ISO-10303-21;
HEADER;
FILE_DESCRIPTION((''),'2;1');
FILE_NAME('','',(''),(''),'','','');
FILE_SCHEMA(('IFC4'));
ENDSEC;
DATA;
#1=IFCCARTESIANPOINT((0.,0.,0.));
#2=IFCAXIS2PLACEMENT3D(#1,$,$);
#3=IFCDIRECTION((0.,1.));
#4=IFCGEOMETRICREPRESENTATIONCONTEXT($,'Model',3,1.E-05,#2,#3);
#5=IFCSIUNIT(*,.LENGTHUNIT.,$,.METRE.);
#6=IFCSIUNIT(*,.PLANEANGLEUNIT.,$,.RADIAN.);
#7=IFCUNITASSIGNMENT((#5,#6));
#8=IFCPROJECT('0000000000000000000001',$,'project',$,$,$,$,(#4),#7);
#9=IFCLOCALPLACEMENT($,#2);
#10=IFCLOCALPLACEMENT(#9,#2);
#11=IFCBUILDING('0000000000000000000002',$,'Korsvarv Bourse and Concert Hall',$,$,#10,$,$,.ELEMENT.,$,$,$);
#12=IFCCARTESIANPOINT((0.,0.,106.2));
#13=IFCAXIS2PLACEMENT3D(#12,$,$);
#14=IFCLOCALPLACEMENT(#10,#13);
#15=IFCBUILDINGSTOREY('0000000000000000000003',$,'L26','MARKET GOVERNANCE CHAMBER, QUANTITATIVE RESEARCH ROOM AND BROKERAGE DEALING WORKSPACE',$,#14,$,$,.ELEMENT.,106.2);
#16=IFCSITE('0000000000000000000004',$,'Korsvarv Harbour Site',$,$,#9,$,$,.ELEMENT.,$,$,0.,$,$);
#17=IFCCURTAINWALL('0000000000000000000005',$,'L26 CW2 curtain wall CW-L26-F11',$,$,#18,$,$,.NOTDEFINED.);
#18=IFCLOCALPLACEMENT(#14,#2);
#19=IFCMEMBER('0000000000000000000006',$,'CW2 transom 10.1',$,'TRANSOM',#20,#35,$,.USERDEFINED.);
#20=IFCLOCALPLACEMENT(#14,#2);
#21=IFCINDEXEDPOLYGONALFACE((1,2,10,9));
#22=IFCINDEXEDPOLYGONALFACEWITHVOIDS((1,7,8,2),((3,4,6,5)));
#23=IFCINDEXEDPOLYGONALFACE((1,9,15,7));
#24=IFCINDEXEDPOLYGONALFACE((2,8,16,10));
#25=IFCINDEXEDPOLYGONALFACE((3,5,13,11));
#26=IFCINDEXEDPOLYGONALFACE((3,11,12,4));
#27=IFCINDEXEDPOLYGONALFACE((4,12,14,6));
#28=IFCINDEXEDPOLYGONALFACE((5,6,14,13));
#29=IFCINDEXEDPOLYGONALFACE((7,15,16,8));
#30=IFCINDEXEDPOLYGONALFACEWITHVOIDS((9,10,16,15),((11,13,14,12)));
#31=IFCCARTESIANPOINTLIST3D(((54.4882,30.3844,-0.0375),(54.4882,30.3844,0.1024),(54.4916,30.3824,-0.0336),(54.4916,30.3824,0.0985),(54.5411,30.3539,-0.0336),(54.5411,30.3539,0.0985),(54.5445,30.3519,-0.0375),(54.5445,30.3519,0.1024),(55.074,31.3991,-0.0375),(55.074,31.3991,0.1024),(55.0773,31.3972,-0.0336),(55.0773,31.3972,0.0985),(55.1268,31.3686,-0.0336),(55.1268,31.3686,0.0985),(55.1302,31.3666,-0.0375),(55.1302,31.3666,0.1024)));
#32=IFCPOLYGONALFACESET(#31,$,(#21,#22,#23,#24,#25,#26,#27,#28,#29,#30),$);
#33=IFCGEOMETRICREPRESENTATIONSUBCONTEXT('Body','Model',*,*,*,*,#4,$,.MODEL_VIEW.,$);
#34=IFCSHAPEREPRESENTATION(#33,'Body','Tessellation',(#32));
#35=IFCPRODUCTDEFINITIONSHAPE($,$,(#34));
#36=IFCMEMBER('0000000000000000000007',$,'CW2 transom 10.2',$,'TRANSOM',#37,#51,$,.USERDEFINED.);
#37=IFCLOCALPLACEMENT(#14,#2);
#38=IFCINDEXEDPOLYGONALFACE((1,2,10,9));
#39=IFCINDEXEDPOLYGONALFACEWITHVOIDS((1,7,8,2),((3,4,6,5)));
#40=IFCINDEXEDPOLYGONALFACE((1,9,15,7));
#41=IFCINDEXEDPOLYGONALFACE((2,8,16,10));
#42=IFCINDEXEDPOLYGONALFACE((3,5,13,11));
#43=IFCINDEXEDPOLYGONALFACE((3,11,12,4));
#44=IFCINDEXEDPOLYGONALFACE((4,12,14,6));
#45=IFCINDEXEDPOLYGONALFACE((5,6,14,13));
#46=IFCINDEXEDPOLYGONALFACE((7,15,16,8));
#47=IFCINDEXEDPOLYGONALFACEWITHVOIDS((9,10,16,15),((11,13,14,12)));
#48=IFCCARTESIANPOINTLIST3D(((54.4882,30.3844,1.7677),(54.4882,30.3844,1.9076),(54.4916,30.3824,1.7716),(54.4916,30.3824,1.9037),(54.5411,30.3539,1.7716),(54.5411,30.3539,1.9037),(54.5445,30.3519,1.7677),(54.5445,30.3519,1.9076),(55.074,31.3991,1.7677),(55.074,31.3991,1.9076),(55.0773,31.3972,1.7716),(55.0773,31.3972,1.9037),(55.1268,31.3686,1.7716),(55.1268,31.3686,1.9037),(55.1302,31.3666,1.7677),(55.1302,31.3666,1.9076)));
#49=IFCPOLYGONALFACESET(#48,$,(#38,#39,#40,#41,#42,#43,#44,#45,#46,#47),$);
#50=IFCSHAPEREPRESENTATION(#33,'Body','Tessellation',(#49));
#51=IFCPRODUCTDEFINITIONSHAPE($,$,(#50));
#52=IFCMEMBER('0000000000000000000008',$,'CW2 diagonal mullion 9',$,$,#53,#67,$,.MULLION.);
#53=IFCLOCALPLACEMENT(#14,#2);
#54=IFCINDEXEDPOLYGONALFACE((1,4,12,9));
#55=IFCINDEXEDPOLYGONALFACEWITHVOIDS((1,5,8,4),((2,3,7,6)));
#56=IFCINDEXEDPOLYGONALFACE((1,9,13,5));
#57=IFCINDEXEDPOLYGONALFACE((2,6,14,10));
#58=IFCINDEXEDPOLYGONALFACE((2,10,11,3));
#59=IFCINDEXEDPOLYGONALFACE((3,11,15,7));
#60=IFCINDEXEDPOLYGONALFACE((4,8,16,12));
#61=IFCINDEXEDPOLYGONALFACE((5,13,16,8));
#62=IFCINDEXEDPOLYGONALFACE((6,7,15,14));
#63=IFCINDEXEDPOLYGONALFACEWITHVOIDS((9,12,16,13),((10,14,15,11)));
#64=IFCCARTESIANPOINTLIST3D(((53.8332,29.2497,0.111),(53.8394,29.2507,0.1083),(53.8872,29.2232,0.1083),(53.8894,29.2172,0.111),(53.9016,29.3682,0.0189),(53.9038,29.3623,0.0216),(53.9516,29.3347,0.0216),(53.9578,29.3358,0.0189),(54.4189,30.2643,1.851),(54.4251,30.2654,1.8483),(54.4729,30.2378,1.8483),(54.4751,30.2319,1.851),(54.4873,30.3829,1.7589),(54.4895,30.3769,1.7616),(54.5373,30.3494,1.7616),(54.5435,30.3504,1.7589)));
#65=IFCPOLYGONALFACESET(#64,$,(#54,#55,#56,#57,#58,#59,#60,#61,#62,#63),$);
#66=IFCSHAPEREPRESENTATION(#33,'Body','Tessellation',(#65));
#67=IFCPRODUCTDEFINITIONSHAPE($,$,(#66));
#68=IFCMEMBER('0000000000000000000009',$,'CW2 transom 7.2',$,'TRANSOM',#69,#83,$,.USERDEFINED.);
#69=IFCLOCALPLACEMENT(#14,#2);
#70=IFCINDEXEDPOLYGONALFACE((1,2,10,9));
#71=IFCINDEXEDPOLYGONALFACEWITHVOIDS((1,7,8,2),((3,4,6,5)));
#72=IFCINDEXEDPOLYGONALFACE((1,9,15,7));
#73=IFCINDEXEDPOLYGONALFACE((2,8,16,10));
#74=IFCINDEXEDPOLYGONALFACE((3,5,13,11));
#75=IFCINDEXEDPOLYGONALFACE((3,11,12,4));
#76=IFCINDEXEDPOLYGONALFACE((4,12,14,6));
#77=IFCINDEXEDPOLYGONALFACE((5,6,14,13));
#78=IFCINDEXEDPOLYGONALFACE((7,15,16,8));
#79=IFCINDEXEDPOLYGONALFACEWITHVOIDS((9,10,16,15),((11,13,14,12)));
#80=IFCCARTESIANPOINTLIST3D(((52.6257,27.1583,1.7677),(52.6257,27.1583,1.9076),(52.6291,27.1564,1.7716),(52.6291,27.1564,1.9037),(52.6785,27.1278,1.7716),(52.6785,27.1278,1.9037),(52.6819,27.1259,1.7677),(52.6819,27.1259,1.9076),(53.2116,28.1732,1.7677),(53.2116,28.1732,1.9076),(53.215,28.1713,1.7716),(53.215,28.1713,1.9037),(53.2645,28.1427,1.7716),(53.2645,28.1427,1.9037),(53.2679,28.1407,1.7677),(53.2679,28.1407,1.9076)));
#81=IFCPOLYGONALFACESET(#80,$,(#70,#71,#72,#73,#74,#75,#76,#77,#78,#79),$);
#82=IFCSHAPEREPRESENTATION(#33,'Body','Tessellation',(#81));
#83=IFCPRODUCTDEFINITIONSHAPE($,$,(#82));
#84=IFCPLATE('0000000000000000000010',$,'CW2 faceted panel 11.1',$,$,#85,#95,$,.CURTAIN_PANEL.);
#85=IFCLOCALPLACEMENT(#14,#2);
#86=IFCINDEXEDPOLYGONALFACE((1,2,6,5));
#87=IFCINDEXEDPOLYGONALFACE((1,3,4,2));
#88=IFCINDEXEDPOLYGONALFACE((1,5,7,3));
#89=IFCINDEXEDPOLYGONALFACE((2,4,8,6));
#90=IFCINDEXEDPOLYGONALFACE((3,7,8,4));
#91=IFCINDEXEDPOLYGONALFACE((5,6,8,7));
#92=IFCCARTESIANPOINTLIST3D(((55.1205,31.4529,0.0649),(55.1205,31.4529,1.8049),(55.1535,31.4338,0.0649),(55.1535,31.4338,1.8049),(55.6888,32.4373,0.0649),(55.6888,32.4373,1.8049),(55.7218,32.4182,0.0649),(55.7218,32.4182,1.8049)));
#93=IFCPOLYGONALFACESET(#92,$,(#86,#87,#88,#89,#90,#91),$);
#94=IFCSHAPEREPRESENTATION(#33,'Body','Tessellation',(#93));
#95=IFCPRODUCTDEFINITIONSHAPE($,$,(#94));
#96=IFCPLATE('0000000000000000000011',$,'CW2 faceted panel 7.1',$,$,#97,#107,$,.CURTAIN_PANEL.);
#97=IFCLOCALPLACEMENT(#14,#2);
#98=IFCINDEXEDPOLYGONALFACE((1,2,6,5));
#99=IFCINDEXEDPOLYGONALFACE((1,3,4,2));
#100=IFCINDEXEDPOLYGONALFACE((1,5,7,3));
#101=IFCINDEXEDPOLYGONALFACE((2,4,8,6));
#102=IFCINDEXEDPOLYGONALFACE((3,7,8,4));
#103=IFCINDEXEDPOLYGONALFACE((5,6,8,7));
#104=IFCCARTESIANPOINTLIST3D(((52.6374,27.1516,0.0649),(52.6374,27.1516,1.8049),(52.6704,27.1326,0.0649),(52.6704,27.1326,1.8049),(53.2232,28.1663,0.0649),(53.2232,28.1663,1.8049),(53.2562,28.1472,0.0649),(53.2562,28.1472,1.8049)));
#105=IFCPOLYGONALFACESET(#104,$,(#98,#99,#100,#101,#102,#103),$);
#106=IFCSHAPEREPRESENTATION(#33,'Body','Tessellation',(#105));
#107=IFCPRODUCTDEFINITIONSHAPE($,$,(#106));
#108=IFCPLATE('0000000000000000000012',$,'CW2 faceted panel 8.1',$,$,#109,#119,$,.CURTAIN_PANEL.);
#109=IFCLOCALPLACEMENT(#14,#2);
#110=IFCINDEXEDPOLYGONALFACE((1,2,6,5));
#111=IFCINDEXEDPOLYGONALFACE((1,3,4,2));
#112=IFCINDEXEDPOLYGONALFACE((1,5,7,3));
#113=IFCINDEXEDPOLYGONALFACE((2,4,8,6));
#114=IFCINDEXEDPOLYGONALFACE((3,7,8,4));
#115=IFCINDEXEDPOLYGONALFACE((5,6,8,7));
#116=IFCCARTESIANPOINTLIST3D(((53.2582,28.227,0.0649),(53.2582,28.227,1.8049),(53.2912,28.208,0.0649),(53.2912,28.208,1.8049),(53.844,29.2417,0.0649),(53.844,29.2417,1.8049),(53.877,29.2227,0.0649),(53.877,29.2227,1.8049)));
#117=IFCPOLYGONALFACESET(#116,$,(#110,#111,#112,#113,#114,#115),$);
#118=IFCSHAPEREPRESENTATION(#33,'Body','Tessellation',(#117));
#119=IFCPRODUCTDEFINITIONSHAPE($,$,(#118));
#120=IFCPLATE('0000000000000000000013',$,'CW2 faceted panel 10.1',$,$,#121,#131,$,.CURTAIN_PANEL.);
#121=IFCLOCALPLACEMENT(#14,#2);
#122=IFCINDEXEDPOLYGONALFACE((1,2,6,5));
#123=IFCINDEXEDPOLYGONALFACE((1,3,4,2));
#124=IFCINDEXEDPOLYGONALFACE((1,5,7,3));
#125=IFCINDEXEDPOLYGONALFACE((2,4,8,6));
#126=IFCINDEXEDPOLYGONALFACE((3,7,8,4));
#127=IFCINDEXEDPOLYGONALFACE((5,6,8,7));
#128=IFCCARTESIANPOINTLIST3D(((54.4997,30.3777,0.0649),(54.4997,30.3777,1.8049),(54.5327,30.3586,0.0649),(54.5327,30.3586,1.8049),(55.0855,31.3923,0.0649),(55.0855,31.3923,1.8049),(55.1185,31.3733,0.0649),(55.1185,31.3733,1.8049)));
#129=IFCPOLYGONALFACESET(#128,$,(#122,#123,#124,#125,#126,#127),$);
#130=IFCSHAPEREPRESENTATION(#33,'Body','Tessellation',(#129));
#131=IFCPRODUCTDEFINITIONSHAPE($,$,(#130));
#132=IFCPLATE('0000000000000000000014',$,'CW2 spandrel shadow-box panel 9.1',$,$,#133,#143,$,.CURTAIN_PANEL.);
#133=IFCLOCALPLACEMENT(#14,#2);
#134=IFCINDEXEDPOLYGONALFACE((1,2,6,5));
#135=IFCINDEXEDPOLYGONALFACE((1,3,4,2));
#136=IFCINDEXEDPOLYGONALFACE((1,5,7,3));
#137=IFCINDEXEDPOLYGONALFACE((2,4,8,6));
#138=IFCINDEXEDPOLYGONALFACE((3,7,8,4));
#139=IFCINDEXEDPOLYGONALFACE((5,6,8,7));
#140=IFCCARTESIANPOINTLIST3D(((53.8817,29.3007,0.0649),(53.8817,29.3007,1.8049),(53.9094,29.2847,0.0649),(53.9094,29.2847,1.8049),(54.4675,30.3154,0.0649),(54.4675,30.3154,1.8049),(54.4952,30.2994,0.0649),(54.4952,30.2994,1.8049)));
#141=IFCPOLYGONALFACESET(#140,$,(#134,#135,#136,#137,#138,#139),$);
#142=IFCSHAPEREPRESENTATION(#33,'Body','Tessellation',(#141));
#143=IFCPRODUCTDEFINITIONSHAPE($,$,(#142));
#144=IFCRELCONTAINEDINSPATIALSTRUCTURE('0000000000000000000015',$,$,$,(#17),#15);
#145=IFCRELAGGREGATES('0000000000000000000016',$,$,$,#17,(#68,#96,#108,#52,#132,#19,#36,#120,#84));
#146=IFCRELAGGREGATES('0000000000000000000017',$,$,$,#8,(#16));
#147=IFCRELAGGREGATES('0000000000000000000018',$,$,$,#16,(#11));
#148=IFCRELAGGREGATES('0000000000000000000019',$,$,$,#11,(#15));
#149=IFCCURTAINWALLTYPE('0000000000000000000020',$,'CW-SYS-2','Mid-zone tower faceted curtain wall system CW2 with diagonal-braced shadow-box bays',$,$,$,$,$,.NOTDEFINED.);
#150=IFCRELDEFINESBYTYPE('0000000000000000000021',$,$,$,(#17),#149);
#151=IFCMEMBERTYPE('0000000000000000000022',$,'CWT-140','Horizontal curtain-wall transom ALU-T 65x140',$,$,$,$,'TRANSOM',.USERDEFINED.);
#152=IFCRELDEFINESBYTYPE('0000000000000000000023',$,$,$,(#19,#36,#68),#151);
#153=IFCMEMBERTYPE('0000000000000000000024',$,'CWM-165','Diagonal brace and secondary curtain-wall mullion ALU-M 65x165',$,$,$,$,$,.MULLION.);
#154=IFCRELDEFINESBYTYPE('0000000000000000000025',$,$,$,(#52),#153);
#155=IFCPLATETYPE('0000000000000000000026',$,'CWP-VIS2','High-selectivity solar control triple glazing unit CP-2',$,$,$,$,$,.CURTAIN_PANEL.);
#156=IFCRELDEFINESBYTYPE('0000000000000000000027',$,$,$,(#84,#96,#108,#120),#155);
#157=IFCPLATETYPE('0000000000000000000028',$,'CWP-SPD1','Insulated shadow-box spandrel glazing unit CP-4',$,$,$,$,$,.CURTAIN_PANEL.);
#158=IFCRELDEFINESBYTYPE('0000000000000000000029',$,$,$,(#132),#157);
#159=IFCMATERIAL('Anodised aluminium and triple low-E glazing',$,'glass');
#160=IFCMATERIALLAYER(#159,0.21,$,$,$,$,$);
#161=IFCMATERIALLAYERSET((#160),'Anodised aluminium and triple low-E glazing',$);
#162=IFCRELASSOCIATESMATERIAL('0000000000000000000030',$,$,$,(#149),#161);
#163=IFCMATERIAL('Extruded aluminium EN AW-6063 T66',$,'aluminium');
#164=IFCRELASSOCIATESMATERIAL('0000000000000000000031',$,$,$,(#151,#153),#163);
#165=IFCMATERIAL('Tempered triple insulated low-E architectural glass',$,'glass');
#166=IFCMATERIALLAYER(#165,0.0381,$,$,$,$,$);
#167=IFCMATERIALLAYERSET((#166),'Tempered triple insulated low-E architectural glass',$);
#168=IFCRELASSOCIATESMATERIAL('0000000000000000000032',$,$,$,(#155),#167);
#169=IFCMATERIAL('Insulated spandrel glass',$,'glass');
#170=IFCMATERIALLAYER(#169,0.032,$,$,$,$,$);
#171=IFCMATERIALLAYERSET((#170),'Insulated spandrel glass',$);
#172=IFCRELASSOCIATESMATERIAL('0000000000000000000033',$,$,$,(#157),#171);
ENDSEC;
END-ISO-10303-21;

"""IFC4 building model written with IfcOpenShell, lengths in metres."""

from ifc_helpers import new_model, si_unit, direction, frame, origin, origin_2d, place, context, subcontext, project, spatial, rectangle, hollow_rectangle, extrude, source, transform, mapped, material, layer, layer_set, material_profile, profile_set, type_object, element, aggregate, save


model = new_model("IFC4")

# Units and contexts
model_context = context("Model", 3, precision=1e-05, world=origin(), true_north=direction((0.0, 1.0)))
body_context = subcontext(model_context, "Body", "Model", "MODEL_VIEW")
ifc_project = project(units=[si_unit("LENGTHUNIT", "METRE"), si_unit("PLANEANGLEUNIT", "RADIAN")], contexts=[model_context])

# Site, building, storey
site_placement = place(None, origin())
site = spatial("IfcSite", under=ifc_project, at=site_placement, Name="Korsvarv Harbour Site", CompositionType="ELEMENT", RefElevation=0.0)
building_placement = place(site_placement, origin())
building = spatial("IfcBuilding", under=site, at=building_placement, Name="Korsvarv Bourse and Concert Hall", CompositionType="ELEMENT")
storey_placement = place(building_placement, frame((0.0, 0.0, 106.2)))
storey = spatial("IfcBuildingStorey", under=building, at=storey_placement, Name="L26", Description="MARKET GOVERNANCE CHAMBER, QUANTITATIVE RESEARCH ROOM AND BROKERAGE DEALING WORKSPACE", CompositionType="ELEMENT", Elevation=106.2)

# Curtain wall, members, plates
ifc_material_1 = material(Name="Anodised aluminium and triple low-E glazing", Category="glass")
ifc_layer_1 = layer(ifc_material_1, 0.21)
ifc_layer_set_1 = layer_set([ifc_layer_1], Name="Anodised aluminium and triple low-E glazing")
curtain_wall_type = type_object("IfcCurtainWallType", Name="CW-SYS-2", Description="Mid-zone tower faceted curtain wall system CW2 with diagonal-braced shadow-box bays", PredefinedType="NOTDEFINED", material=ifc_layer_set_1)
curtain_wall_placement = place(storey_placement, origin())
curtain_wall = element("IfcCurtainWall", 1, at=curtain_wall_placement, inside=storey, type_object=curtain_wall_type, Name="L26 CW2 curtain wall CW-L26-F11", PredefinedType="NOTDEFINED")
ifc_material_2 = material(Name="Extruded aluminium EN AW-6063 T66", Category="aluminium")
ifc_material_profile_1 = material_profile(ifc_material_2, hollow_rectangle(XDim=0.0649, YDim=0.1399, WallThickness=0.0039, at=origin_2d()), Name="ALU-T 65x140")
ifc_profile_set_1 = profile_set([ifc_material_profile_1], Name="Extruded aluminium EN AW-6063 T66")
member_type_1 = type_object("IfcMemberType", Name="CWT-140", Description="Horizontal curtain-wall transom ALU-T 65x140", ElementType="TRANSOM", PredefinedType="USERDEFINED", material=ifc_profile_set_1)
shared_shape_1 = source(origin(), body_context, "Body", "SweptSolid", [
    extrude(hollow_rectangle(XDim=0.0649, YDim=0.1399, WallThickness=0.0039, at=origin_2d()), origin(), (0.0, 0.0, 1.0), 1.1716),
])
member_1_placement = place(storey_placement, frame((54.5164, 30.3682, 0.0325), z_axis=(0.499927, 0.866068, 0.0), x_axis=(-0.866068, 0.499927, 0.0)))
member_1 = element("IfcMember", 2, at=member_1_placement, type_object=member_type_1, Name="CW2 transom 10.1", ObjectType="TRANSOM", PredefinedType="USERDEFINED", context=body_context, shape_type="MappedRepresentation", body=[
    mapped(shared_shape_1, transform((0.0, 0.0, 0.0), scale=1.0)),
])
member_2_placement = place(storey_placement, frame((54.5164, 30.3682, 1.8376), z_axis=(0.499927, 0.866068, 0.0), x_axis=(-0.866068, 0.499927, 0.0)))
member_2 = element("IfcMember", 3, at=member_2_placement, type_object=member_type_1, Name="CW2 transom 10.2", ObjectType="TRANSOM", PredefinedType="USERDEFINED", context=body_context, shape_type="MappedRepresentation", body=[
    mapped(shared_shape_1, transform((0.0, 0.0, 0.0), scale=1.0)),
])
ifc_material_profile_2 = material_profile(ifc_material_2, hollow_rectangle(XDim=0.0649, YDim=0.165, WallThickness=0.0049, at=origin_2d()), Name="ALU-M 65x165")
ifc_profile_set_2 = profile_set([ifc_material_profile_2], Name="Extruded aluminium EN AW-6063 T66")
member_type_2 = type_object("IfcMemberType", Name="CWM-165", Description="Diagonal brace and secondary curtain-wall mullion ALU-M 65x165", PredefinedType="MULLION", material=ifc_profile_set_2)
shared_shape_2 = source(origin(), body_context, "Body", "SweptSolid", [
    extrude(hollow_rectangle(XDim=0.0649, YDim=0.165, WallThickness=0.0049, at=origin_2d()), origin(), (0.0, 0.0, 1.0), 2.0977),
])
member_3_placement = place(storey_placement, frame((53.8955, 29.2927, 0.0649), z_axis=(0.279215, 0.483708, 0.829497), x_axis=(-0.866068, 0.499927, 0.0)))
member_3 = element("IfcMember", 4, at=member_3_placement, type_object=member_type_2, Name="CW2 diagonal mullion 9", PredefinedType="MULLION", context=body_context, shape_type="MappedRepresentation", body=[
    mapped(shared_shape_2, transform((0.0, 0.0, 0.0), scale=1.0)),
])
shared_shape_3 = source(origin(), body_context, "Body", "SweptSolid", [
    extrude(hollow_rectangle(XDim=0.0649, YDim=0.1399, WallThickness=0.0039, at=origin_2d()), origin(), (0.0, 0.0, 1.0), 1.1719),
])
member_4_placement = place(storey_placement, frame((52.6538, 27.1421, 1.8376), z_axis=(0.499993, 0.866029, 0.0), x_axis=(-0.866029, 0.499993, 0.0)))
member_4 = element("IfcMember", 5, at=member_4_placement, type_object=member_type_1, Name="CW2 transom 7.2", ObjectType="TRANSOM", PredefinedType="USERDEFINED", context=body_context, shape_type="MappedRepresentation", body=[
    mapped(shared_shape_3, transform((0.0, 0.0, 0.0), scale=1.0)),
])
ifc_material_3 = material(Name="Tempered triple insulated low-E architectural glass", Category="glass")
ifc_layer_2 = layer(ifc_material_3, 0.0381)
ifc_layer_set_2 = layer_set([ifc_layer_2], Name="Tempered triple insulated low-E architectural glass")
plate_type_1 = type_object("IfcPlateType", Name="CWP-VIS2", Description="High-selectivity solar control triple glazing unit CP-2", PredefinedType="CURTAIN_PANEL", material=ifc_layer_set_2)
shared_shape_4 = source(origin(), body_context, "Body", "SweptSolid", [
    extrude(rectangle(XDim=1.1367, YDim=0.0381, at=origin_2d()), origin(), (0.0, 0.0, 1.0), 1.74),
])
plate_1_placement = place(storey_placement, frame((55.4211, 31.9355, 0.0649), z_axis=(0.0, 0.0, 1.0), x_axis=(0.500002, 0.866024, 0.0)))
plate_1 = element("IfcPlate", 6, at=plate_1_placement, type_object=plate_type_1, Name="CW2 faceted panel 11.1", PredefinedType="CURTAIN_PANEL", context=body_context, shape_type="MappedRepresentation", body=[
    mapped(shared_shape_4, transform((0.0, 0.0, 0.0), scale=1.0)),
])
shared_shape_5 = source(origin(), body_context, "Body", "SweptSolid", [
    extrude(rectangle(XDim=1.1716, YDim=0.0381, at=origin_2d()), origin(), (0.0, 0.0, 1.0), 1.74),
])
plate_2_placement = place(storey_placement, frame((52.9468, 27.6494, 0.0649), z_axis=(0.0, 0.0, 1.0), x_axis=(0.500002, 0.866024, 0.0)))
plate_2 = element("IfcPlate", 7, at=plate_2_placement, type_object=plate_type_1, Name="CW2 faceted panel 7.1", PredefinedType="CURTAIN_PANEL", context=body_context, shape_type="MappedRepresentation", body=[
    mapped(shared_shape_5, transform((0.0, 0.0, 0.0), scale=1.0)),
])
plate_3_placement = place(storey_placement, frame((53.5676, 28.7249, 0.0649), z_axis=(0.0, 0.0, 1.0), x_axis=(0.500002, 0.866024, 0.0)))
plate_3 = element("IfcPlate", 8, at=plate_3_placement, type_object=plate_type_1, Name="CW2 faceted panel 8.1", PredefinedType="CURTAIN_PANEL", context=body_context, shape_type="MappedRepresentation", body=[
    mapped(shared_shape_5, transform((0.0, 0.0, 0.0), scale=1.0)),
])
plate_4_placement = place(storey_placement, frame((54.8091, 30.8755, 0.0649), z_axis=(0.0, 0.0, 1.0), x_axis=(0.500002, 0.866024, 0.0)))
plate_4 = element("IfcPlate", 9, at=plate_4_placement, type_object=plate_type_1, Name="CW2 faceted panel 10.1", PredefinedType="CURTAIN_PANEL", context=body_context, shape_type="MappedRepresentation", body=[
    mapped(shared_shape_5, transform((0.0, 0.0, 0.0), scale=1.0)),
])
ifc_material_4 = material(Name="Insulated spandrel glass", Category="glass")
ifc_layer_3 = layer(ifc_material_4, 0.032)
ifc_layer_set_3 = layer_set([ifc_layer_3], Name="Insulated spandrel glass")
plate_type_2 = type_object("IfcPlateType", Name="CWP-SPD1", Description="Insulated shadow-box spandrel glazing unit CP-4", PredefinedType="CURTAIN_PANEL", material=ifc_layer_set_3)
shared_shape_6 = source(origin(), body_context, "Body", "SweptSolid", [
    extrude(rectangle(XDim=1.1716, YDim=0.032, at=origin_2d()), origin(), (0.0, 0.0, 1.0), 1.74),
])
plate_5_placement = place(storey_placement, frame((54.1885, 29.8, 0.0649), z_axis=(0.0, 0.0, 1.0), x_axis=(0.500002, 0.866024, 0.0)))
plate_5 = element("IfcPlate", 10, at=plate_5_placement, type_object=plate_type_2, Name="CW2 spandrel shadow-box panel 9.1", PredefinedType="CURTAIN_PANEL", context=body_context, shape_type="MappedRepresentation", body=[
    mapped(shared_shape_6, transform((0.0, 0.0, 0.0), scale=1.0)),
])
aggregate(curtain_wall, [member_4, plate_2, plate_3, member_3, plate_5, member_1, member_2, plate_4, plate_1])

save(model, "model.ifc")
